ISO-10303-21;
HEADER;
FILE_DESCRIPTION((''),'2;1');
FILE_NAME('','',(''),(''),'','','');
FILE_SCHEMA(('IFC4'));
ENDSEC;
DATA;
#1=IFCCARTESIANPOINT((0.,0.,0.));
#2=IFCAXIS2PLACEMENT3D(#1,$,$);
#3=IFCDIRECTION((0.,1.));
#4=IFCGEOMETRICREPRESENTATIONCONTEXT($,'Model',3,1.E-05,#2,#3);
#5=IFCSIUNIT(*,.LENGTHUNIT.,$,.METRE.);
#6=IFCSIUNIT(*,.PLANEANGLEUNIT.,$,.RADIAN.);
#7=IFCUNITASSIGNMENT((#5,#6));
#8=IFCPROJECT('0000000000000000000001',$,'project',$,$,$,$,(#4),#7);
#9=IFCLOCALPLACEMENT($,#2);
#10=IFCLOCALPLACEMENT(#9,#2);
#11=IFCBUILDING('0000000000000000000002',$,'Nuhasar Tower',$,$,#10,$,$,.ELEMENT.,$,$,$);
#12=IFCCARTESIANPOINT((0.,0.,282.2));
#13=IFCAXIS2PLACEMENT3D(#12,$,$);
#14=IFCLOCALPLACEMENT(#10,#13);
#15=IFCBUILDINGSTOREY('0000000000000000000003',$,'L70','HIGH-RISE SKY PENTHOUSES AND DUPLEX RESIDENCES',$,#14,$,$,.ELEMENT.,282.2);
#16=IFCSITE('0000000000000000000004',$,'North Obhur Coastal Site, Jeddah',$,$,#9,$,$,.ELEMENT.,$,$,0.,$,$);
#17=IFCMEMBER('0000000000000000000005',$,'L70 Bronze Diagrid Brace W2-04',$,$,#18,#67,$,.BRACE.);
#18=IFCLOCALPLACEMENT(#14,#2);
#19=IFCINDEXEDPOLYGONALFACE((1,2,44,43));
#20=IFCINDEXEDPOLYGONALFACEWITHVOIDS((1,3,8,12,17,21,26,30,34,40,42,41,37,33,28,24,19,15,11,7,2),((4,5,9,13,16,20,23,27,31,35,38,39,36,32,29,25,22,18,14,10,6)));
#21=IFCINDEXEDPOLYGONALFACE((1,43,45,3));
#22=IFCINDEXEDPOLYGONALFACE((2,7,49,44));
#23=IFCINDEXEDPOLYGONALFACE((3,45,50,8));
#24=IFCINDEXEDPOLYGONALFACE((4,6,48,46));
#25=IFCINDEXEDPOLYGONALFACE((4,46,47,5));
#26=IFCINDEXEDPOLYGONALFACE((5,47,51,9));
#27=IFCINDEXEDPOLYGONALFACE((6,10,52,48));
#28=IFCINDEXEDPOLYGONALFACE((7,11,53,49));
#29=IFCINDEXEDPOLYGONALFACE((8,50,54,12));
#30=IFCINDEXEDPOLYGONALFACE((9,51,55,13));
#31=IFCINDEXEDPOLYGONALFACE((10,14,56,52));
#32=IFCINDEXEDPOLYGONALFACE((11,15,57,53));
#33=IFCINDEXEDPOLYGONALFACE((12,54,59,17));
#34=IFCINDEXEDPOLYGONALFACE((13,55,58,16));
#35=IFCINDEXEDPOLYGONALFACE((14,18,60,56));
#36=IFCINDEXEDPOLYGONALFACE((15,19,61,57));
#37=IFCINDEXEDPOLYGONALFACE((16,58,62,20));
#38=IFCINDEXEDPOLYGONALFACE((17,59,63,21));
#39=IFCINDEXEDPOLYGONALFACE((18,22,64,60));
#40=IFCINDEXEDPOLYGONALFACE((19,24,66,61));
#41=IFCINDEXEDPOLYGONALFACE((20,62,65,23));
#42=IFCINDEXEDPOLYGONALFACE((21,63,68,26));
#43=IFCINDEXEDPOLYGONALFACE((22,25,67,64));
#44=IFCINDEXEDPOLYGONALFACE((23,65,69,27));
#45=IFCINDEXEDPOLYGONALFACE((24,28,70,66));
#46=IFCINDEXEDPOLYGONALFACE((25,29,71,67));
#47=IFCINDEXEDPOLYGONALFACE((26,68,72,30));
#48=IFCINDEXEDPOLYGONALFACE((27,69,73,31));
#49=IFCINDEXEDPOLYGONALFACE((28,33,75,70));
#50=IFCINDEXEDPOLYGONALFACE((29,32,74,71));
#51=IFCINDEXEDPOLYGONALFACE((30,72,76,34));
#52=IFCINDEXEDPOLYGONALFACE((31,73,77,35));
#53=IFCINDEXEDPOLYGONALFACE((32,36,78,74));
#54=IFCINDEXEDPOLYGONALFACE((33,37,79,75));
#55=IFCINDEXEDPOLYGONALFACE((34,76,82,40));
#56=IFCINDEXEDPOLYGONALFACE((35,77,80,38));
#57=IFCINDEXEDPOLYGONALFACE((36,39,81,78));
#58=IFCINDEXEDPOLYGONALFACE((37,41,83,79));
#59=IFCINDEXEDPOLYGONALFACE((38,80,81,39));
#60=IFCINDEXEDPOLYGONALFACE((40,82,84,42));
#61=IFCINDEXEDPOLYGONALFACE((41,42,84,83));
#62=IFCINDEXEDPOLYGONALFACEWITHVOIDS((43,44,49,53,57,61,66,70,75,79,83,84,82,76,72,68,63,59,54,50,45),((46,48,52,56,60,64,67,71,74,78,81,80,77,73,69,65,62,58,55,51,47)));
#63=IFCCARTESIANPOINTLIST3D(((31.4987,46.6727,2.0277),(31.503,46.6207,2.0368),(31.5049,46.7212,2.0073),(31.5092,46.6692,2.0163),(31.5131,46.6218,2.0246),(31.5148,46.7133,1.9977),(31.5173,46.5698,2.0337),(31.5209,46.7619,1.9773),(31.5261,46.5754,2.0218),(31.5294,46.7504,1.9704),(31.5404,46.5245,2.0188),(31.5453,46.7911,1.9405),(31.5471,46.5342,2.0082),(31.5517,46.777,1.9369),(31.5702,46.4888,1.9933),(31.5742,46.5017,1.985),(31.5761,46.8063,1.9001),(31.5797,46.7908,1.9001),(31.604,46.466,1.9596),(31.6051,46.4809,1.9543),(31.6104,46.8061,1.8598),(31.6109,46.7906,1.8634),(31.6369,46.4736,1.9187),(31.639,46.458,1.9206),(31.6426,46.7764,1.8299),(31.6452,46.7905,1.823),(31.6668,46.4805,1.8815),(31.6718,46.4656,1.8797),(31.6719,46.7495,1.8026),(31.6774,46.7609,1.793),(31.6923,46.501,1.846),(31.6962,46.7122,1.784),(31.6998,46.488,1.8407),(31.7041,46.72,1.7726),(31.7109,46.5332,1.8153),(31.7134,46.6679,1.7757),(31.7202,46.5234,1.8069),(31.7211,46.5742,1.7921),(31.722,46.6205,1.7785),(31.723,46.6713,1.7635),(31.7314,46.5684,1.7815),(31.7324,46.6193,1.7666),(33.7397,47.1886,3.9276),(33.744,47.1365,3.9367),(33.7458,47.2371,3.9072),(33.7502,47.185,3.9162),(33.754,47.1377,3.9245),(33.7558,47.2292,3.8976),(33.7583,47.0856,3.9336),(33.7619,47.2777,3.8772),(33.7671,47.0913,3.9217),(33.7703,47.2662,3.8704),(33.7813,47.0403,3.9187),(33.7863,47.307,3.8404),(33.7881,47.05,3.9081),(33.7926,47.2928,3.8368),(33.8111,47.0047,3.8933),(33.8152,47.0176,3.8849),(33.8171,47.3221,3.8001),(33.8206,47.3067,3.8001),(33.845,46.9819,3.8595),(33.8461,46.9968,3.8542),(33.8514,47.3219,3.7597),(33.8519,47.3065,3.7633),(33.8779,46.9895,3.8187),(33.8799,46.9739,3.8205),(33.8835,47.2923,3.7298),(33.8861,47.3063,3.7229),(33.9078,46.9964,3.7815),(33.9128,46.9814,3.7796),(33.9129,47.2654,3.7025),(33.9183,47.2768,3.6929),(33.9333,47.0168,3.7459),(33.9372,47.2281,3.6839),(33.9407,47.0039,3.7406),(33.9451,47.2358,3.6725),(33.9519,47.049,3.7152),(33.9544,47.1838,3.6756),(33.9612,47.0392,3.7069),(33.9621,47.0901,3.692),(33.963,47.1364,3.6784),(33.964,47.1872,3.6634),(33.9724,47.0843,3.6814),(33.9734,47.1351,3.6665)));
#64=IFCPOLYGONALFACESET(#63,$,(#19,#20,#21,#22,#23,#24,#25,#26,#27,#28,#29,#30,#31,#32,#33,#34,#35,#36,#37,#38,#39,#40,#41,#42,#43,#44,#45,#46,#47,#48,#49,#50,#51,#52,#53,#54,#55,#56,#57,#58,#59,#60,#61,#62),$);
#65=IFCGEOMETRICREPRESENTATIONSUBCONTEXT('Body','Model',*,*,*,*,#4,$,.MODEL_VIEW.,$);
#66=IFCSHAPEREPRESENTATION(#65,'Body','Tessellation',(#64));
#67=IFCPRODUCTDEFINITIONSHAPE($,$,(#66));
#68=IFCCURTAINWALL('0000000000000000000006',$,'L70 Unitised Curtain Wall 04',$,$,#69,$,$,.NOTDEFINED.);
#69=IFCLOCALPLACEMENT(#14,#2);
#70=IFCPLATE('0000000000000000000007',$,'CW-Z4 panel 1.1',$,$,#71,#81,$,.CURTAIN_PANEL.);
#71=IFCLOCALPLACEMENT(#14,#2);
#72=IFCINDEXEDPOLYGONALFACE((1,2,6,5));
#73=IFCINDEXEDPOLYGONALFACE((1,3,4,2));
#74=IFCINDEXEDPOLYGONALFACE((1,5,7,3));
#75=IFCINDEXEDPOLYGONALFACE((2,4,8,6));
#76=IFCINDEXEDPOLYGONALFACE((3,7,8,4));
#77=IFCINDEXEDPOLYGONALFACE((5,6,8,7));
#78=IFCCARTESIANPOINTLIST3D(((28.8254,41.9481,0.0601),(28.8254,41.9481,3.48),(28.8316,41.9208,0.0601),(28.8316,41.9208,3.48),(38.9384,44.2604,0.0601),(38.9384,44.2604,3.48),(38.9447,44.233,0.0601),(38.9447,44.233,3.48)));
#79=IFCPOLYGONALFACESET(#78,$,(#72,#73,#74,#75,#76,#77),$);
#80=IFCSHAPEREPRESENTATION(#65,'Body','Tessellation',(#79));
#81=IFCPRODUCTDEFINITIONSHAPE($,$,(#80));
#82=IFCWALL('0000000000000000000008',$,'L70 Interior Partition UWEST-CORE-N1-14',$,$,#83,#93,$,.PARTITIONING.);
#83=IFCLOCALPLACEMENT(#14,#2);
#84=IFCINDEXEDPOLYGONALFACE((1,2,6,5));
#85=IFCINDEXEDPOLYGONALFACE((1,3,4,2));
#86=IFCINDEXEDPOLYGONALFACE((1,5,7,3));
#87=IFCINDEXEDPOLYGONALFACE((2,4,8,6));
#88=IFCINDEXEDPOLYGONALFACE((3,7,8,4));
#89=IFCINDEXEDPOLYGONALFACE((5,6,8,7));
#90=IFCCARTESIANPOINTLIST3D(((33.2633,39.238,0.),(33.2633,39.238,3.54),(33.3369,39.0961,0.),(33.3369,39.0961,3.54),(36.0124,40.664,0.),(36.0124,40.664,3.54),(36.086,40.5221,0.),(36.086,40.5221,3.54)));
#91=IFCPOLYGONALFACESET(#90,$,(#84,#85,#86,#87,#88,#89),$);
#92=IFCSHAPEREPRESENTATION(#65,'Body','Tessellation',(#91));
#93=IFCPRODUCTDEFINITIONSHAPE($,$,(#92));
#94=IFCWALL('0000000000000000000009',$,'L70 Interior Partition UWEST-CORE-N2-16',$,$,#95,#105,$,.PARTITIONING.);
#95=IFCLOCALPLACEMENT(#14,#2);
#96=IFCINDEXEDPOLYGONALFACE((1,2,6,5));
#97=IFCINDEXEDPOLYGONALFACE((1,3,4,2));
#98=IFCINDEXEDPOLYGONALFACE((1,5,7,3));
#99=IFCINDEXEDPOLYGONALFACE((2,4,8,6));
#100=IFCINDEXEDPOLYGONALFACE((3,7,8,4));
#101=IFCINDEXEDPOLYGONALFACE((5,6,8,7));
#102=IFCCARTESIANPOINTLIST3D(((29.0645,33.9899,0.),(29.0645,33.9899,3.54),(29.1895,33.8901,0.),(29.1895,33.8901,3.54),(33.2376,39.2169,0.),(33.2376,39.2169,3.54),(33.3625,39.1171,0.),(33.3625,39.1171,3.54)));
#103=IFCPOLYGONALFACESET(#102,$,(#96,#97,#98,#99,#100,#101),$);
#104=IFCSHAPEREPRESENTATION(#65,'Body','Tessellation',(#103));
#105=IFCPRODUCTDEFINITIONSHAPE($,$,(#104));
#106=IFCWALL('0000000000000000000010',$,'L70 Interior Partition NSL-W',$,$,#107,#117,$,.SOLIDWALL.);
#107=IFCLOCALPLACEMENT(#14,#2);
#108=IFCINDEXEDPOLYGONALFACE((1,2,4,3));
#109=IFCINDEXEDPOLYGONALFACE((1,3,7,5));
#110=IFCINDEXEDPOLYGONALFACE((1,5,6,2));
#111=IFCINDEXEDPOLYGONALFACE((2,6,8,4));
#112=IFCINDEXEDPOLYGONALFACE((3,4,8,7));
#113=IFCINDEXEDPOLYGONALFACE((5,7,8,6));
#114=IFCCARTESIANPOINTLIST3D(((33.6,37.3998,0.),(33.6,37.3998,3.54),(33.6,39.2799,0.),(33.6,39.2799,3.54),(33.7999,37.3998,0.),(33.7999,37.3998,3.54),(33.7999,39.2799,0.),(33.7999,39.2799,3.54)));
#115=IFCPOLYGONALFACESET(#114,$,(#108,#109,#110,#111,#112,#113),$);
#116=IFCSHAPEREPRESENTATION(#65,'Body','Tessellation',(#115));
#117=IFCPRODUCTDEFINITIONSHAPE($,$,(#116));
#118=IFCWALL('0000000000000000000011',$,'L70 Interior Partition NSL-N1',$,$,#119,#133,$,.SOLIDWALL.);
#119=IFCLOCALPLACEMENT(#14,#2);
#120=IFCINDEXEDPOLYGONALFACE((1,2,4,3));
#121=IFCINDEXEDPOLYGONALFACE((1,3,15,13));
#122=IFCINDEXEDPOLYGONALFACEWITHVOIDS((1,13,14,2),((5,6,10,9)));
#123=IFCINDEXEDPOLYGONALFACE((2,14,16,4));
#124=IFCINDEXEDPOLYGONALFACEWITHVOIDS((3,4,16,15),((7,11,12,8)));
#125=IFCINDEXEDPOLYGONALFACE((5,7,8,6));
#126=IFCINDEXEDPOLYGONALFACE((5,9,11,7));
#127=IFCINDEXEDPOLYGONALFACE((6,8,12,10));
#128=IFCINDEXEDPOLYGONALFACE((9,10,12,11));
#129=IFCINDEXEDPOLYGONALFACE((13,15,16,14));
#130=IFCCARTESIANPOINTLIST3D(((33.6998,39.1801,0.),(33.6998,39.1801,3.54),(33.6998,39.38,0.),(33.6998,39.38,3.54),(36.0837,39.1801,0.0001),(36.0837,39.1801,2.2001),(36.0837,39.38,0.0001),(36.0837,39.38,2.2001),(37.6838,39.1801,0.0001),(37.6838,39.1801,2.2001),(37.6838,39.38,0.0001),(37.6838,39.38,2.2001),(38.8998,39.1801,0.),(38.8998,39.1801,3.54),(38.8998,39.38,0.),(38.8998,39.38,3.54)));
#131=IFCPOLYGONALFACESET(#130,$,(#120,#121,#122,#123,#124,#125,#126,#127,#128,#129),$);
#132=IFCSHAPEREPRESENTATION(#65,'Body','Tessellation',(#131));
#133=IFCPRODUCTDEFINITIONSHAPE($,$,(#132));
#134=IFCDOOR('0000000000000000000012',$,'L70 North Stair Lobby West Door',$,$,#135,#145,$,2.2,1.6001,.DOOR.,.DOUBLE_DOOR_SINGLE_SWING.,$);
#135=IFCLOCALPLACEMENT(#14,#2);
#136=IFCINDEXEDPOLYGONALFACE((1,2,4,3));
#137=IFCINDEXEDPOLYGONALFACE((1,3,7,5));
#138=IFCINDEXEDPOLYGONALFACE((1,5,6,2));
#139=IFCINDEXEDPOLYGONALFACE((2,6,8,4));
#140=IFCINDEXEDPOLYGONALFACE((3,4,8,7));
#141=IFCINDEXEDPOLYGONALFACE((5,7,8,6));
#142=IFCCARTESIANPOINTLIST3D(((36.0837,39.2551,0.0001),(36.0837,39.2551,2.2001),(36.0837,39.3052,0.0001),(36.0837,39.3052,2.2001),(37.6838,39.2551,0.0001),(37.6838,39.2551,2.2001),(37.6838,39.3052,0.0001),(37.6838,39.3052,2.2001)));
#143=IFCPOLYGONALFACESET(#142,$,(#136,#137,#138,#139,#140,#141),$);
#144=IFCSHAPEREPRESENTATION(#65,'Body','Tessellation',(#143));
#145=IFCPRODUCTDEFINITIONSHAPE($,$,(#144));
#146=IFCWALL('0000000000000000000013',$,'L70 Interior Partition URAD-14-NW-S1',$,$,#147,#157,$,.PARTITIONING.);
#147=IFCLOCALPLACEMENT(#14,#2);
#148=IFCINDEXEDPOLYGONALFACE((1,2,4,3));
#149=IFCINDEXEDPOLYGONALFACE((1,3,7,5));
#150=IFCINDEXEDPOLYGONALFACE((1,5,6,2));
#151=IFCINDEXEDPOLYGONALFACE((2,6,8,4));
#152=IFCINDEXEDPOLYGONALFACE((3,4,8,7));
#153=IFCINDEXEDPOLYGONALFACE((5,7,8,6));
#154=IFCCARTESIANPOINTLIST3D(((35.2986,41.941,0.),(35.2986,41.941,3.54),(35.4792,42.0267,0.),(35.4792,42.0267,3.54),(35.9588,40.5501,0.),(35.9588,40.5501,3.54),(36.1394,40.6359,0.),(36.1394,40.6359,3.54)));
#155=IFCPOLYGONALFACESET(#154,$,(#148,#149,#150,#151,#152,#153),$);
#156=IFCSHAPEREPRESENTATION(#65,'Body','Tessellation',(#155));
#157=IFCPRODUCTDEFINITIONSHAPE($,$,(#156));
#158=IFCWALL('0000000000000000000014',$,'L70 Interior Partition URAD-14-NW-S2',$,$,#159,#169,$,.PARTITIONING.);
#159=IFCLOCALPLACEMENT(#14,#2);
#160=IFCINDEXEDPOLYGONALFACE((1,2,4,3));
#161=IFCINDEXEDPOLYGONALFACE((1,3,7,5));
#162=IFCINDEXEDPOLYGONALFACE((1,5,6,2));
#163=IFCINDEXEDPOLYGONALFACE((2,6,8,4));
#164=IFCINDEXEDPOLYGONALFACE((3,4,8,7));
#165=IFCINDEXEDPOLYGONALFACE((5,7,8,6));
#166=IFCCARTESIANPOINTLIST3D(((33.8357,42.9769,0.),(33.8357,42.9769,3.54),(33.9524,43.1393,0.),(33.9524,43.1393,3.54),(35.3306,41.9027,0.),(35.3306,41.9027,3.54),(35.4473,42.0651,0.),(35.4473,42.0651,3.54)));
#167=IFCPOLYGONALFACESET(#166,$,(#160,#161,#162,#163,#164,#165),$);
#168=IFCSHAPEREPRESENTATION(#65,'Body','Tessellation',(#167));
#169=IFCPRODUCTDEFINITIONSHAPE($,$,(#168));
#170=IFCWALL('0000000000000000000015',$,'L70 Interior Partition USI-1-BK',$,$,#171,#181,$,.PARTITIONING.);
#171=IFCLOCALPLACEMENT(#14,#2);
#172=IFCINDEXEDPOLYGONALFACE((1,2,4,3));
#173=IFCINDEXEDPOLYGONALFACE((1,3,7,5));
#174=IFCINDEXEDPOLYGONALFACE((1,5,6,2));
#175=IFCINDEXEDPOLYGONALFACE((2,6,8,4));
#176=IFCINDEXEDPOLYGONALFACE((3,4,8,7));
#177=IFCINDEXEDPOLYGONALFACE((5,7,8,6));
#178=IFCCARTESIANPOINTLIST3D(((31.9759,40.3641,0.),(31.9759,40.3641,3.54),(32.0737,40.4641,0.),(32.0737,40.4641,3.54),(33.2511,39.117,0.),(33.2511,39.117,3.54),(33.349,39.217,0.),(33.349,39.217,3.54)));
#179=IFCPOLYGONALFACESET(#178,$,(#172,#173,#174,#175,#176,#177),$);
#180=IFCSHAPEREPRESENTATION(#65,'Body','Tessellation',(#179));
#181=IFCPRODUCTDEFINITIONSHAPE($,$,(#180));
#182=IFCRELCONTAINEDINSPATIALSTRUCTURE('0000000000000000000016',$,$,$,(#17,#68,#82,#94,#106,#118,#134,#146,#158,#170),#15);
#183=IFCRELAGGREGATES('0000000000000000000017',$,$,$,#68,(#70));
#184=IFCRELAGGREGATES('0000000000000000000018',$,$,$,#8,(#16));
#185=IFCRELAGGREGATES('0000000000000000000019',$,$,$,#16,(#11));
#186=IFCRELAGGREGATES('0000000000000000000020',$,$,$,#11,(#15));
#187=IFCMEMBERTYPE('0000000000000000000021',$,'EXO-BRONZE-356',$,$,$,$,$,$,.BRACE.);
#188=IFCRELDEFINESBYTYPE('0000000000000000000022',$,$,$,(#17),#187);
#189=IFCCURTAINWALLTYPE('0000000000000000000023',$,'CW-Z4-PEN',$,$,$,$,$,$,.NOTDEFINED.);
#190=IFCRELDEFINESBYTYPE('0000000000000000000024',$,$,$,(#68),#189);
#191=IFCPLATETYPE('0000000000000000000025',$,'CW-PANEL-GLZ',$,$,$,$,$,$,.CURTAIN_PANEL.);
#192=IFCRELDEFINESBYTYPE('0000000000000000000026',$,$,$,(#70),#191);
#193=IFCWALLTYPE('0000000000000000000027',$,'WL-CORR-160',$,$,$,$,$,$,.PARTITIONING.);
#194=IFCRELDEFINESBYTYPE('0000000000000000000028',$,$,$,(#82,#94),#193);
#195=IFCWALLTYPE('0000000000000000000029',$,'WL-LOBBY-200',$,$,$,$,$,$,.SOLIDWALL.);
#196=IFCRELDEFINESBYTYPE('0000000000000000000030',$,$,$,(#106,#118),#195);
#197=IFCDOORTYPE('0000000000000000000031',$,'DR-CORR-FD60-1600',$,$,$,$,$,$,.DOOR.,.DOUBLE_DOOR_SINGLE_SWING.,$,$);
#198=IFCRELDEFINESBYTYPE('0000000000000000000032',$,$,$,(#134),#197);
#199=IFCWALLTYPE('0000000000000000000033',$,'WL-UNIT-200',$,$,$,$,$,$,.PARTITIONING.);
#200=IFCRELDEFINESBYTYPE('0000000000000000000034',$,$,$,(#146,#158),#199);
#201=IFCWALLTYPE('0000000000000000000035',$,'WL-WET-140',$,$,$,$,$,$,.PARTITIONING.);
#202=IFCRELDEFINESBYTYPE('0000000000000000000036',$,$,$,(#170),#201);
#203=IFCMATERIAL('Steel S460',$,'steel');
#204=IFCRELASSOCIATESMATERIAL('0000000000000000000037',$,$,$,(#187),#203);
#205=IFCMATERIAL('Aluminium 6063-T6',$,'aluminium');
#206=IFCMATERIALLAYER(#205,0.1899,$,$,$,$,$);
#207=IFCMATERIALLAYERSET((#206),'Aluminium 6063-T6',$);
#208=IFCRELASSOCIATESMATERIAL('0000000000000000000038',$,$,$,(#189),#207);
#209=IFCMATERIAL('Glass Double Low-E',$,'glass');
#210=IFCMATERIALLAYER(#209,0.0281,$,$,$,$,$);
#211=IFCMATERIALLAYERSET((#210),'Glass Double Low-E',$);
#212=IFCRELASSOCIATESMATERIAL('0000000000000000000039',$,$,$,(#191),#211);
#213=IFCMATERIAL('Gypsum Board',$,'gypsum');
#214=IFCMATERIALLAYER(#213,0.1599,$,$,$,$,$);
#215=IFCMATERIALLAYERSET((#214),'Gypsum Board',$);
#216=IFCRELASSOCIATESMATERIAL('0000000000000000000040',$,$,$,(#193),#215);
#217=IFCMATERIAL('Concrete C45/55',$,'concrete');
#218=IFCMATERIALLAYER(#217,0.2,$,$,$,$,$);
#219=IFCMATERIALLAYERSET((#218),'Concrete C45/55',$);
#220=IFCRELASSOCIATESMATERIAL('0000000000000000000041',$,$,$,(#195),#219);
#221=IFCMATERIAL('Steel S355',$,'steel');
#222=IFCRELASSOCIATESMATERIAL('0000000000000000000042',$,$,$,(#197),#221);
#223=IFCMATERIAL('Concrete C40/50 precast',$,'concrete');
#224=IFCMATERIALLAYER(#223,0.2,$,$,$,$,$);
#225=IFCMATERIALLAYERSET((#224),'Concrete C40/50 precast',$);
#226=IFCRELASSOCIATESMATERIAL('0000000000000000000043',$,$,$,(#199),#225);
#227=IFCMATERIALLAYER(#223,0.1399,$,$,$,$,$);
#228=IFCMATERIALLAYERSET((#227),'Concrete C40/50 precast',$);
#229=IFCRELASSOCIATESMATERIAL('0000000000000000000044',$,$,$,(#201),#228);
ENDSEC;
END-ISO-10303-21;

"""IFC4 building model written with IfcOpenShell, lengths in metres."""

from ifc_helpers import new_model, si_unit, direction, frame, frame_2d, origin, origin_2d, place, context, subcontext, project, spatial, rectangle, hollow_circle, extrude, material, layer, layer_set, material_profile, profile_set, type_object, element, fill, aggregate, save


model = new_model("IFC4")

# Units and contexts
model_context = context("Model", 3, precision=1e-05, world=origin(), true_north=direction((0.0, 1.0)))
body_context = subcontext(model_context, "Body", "Model", "MODEL_VIEW")
ifc_project = project(units=[si_unit("LENGTHUNIT", "METRE"), si_unit("PLANEANGLEUNIT", "RADIAN")], contexts=[model_context])

# Site, building, storey
site_placement = place(None, origin())
site = spatial("IfcSite", under=ifc_project, at=site_placement, Name="North Obhur Coastal Site, Jeddah", CompositionType="ELEMENT", RefElevation=0.0)
building_placement = place(site_placement, origin())
building = spatial("IfcBuilding", under=site, at=building_placement, Name="Nuhasar Tower", CompositionType="ELEMENT")
storey_placement = place(building_placement, frame((0.0, 0.0, 282.2)))
storey = spatial("IfcBuildingStorey", under=building, at=storey_placement, Name="L70", Description="HIGH-RISE SKY PENTHOUSES AND DUPLEX RESIDENCES", CompositionType="ELEMENT", Elevation=282.2)

# Shared definitions
ifc_material_1 = material(Name="Steel S355", Category="steel")

# Member
ifc_material_2 = material(Name="Steel S460", Category="steel")
ifc_material_profile_1 = material_profile(ifc_material_2, hollow_circle(Radius=0.1777, WallThickness=0.0159, at=origin_2d()), Name="HSS355.6X15.9")
ifc_profile_set_1 = profile_set([ifc_material_profile_1], Name="Steel S460")
member_type = type_object("IfcMemberType", Name="EXO-BRONZE-356", PredefinedType="BRACE", material=ifc_profile_set_1)
member_1_placement = place(storey_placement, frame((31.616, 46.6331, 1.9001), z_axis=(0.751272, 0.172942, 0.636932), x_axis=(-0.224332, 0.974513, 0.0)))
element("IfcMember", 1, at=member_1_placement, inside=storey, type_object=member_type, Name="L70 Bronze Diagrid Brace W2-04", PredefinedType="BRACE", context=body_context, shape_type="SweptSolid", body=[
    extrude(hollow_circle(Radius=0.1777, WallThickness=0.0159, at=origin_2d()), origin(), (0.0, 0.0, 1.0), 2.9829),
])

# Curtain wall, plate
ifc_material_3 = material(Name="Aluminium 6063-T6", Category="aluminium")
ifc_layer_1 = layer(ifc_material_3, 0.1899)
ifc_layer_set_1 = layer_set([ifc_layer_1], Name="Aluminium 6063-T6")
curtain_wall_type = type_object("IfcCurtainWallType", Name="CW-Z4-PEN", PredefinedType="NOTDEFINED", material=ifc_layer_set_1)
curtain_wall_placement = place(storey_placement, origin())
curtain_wall = element("IfcCurtainWall", 2, at=curtain_wall_placement, inside=storey, type_object=curtain_wall_type, Name="L70 Unitised Curtain Wall 04", PredefinedType="NOTDEFINED")
ifc_material_4 = material(Name="Glass Double Low-E", Category="glass")
ifc_layer_2 = layer(ifc_material_4, 0.0281)
ifc_layer_set_2 = layer_set([ifc_layer_2], Name="Glass Double Low-E")
plate_type = type_object("IfcPlateType", Name="CW-PANEL-GLZ", PredefinedType="CURTAIN_PANEL", material=ifc_layer_set_2)
plate_placement = place(storey_placement, frame((33.885, 43.0906, 0.0601), z_axis=(0.0, 0.0, 1.0), x_axis=(-0.974844, -0.222889, 0.0)))
plate = element("IfcPlate", 3, at=plate_placement, type_object=plate_type, Name="CW-Z4 panel 1.1", PredefinedType="CURTAIN_PANEL", context=body_context, shape_type="SweptSolid", body=[
    extrude(rectangle(XDim=10.374, YDim=0.0281, at=origin_2d()), origin(), (0.0, 0.0, 1.0), 3.4199),
])
aggregate(curtain_wall, [plate])

# Walls
ifc_material_5 = material(Name="Gypsum Board", Category="gypsum")
ifc_layer_3 = layer(ifc_material_5, 0.1599)
ifc_layer_set_3 = layer_set([ifc_layer_3], Name="Gypsum Board")
wall_type_1 = type_object("IfcWallType", Name="WL-CORR-160", PredefinedType="PARTITIONING", material=ifc_layer_set_3)
wall_1_placement = place(storey_placement, frame((36.0491, 40.593, 0.0), z_axis=(0.0, 0.0, 1.0), x_axis=(-0.887675, -0.460471, 0.0)))
element("IfcWall", 4, at=wall_1_placement, inside=storey, type_object=wall_type_1, Name="L70 Interior Partition UWEST-CORE-N1-14", PredefinedType="PARTITIONING", context=body_context, shape_type="SweptSolid", body=[
    extrude(rectangle(XDim=3.0969, YDim=0.1599, at=frame_2d((1.5483, 0.0))), origin(), (0.0, 0.0, 1.0), 3.54),
])
wall_2_placement = place(storey_placement, frame((33.3, 39.167, 0.0), z_axis=(0.0, 0.0, 1.0), x_axis=(-0.623916, -0.781492, 0.0)))
element("IfcWall", 5, at=wall_2_placement, inside=storey, type_object=wall_type_1, Name="L70 Interior Partition UWEST-CORE-N2-16", PredefinedType="PARTITIONING", context=body_context, shape_type="SweptSolid", body=[
    extrude(rectangle(XDim=6.6885, YDim=0.1599, at=frame_2d((3.3442, 0.0))), origin(), (0.0, 0.0, 1.0), 3.54),
])
ifc_material_6 = material(Name="Concrete C45/55", Category="concrete")
ifc_layer_4 = layer(ifc_material_6, 0.2)
ifc_layer_set_4 = layer_set([ifc_layer_4], Name="Concrete C45/55")
wall_type_2 = type_object("IfcWallType", Name="WL-LOBBY-200", PredefinedType="SOLIDWALL", material=ifc_layer_set_4)
wall_3_placement = place(storey_placement, frame((33.7, 37.3999, 0.0), z_axis=(0.0, 0.0, 1.0), x_axis=(0.0, 1.0, 0.0)))
element("IfcWall", 6, at=wall_3_placement, inside=storey, type_object=wall_type_2, Name="L70 Interior Partition NSL-W", PredefinedType="SOLIDWALL", context=body_context, shape_type="SweptSolid", body=[
    extrude(rectangle(XDim=1.8801, YDim=0.2, at=frame_2d((0.9399, 0.0))), origin(), (0.0, 0.0, 1.0), 3.54),
])

# Wall, opening, door
wall_4_placement = place(storey_placement, frame((38.8999, 39.28, 0.0), z_axis=(0.0, 0.0, 1.0), x_axis=(-1.0, 0.0, 0.0)))
wall_4 = element("IfcWall", 7, at=wall_4_placement, inside=storey, type_object=wall_type_2, Name="L70 Interior Partition NSL-N1", PredefinedType="SOLIDWALL", context=body_context, shape_type="SweptSolid", body=[
    extrude(rectangle(XDim=5.2, YDim=0.2, at=frame_2d((2.6001, 0.0))), origin(), (0.0, 0.0, 1.0), 3.54),
])
opening_1_placement = place(wall_4_placement, frame((1.2161, 0.0, 0.0)))
opening_1 = element("IfcOpeningElement", 8, at=opening_1_placement, cuts=wall_4, PredefinedType="OPENING", context=body_context, shape_type="SweptSolid", body=[
    extrude(rectangle(XDim=1.6001, YDim=2.2, at=frame_2d((0.8, 1.1001))), frame((0.0, 0.1099, 0.0), z_axis=(0.0, -1.0, 0.0), x_axis=(1.0, 0.0, 0.0)), (0.0, 0.0, 1.0), 0.22),
])
door_type_1 = type_object("IfcDoorType", Name="DR-CORR-FD60-1600", OperationType="DOUBLE_DOOR_SINGLE_SWING", PredefinedType="DOOR", material=ifc_material_1)
door_1_placement = place(opening_1_placement, origin())
door_1 = element("IfcDoor", 9, at=door_1_placement, inside=storey, type_object=door_type_1, Name="L70 North Stair Lobby West Door", OperationType="DOUBLE_DOOR_SINGLE_SWING", OverallHeight=2.2, OverallWidth=1.6001, PredefinedType="DOOR", context=body_context, shape_type="SweptSolid", body=[
    extrude(rectangle(XDim=1.6001, YDim=2.2, at=frame_2d((0.8, 1.1001))), frame((0.0, 0.0249, 0.0), z_axis=(0.0, -1.0, 0.0), x_axis=(1.0, 0.0, 0.0)), (0.0, 0.0, 1.0), 0.05),
])
fill(opening_1, door_1)

# Walls
ifc_material_7 = material(Name="Concrete C40/50 precast", Category="concrete")
ifc_layer_5 = layer(ifc_material_7, 0.2)
ifc_layer_set_5 = layer_set([ifc_layer_5], Name="Concrete C40/50 precast")
wall_type_3 = type_object("IfcWallType", Name="WL-UNIT-200", PredefinedType="PARTITIONING", material=ifc_layer_set_5)
wall_5_placement = place(storey_placement, frame((36.0491, 40.593, 0.0), z_axis=(0.0, 0.0, 1.0), x_axis=(-0.428788, 0.903405, 0.0)))
element("IfcWall", 10, at=wall_5_placement, inside=storey, type_object=wall_type_3, Name="L70 Interior Partition URAD-14-NW-S1", PredefinedType="PARTITIONING", context=body_context, shape_type="SweptSolid", body=[
    extrude(rectangle(XDim=1.5396, YDim=0.2, at=frame_2d((0.7698, 0.0))), origin(), (0.0, 0.0, 1.0), 3.54),
])
wall_6_placement = place(storey_placement, frame((35.3889, 41.9839, 0.0), z_axis=(0.0, 0.0, 1.0), x_axis=(-0.812072, 0.583557, 0.0)))
element("IfcWall", 11, at=wall_6_placement, inside=storey, type_object=wall_type_3, Name="L70 Interior Partition URAD-14-NW-S2", PredefinedType="PARTITIONING", context=body_context, shape_type="SweptSolid", body=[
    extrude(rectangle(XDim=1.8408, YDim=0.2, at=frame_2d((0.9204, 0.0))), origin(), (0.0, 0.0, 1.0), 3.54),
])
ifc_layer_6 = layer(ifc_material_7, 0.1399)
ifc_layer_set_6 = layer_set([ifc_layer_6], Name="Concrete C40/50 precast")
wall_type_4 = type_object("IfcWallType", Name="WL-WET-140", PredefinedType="PARTITIONING", material=ifc_layer_set_6)
wall_7_placement = place(storey_placement, frame((33.3, 39.167, 0.0), z_axis=(0.0, 0.0, 1.0), x_axis=(-0.714934, 0.699192, 0.0)))
element("IfcWall", 12, at=wall_7_placement, inside=storey, type_object=wall_type_4, Name="L70 Interior Partition USI-1-BK", PredefinedType="PARTITIONING", context=body_context, shape_type="SweptSolid", body=[
    extrude(rectangle(XDim=1.7837, YDim=0.1399, at=frame_2d((0.8918, 0.0))), origin(), (0.0, 0.0, 1.0), 3.54),
])

save(model, "model.ifc")
